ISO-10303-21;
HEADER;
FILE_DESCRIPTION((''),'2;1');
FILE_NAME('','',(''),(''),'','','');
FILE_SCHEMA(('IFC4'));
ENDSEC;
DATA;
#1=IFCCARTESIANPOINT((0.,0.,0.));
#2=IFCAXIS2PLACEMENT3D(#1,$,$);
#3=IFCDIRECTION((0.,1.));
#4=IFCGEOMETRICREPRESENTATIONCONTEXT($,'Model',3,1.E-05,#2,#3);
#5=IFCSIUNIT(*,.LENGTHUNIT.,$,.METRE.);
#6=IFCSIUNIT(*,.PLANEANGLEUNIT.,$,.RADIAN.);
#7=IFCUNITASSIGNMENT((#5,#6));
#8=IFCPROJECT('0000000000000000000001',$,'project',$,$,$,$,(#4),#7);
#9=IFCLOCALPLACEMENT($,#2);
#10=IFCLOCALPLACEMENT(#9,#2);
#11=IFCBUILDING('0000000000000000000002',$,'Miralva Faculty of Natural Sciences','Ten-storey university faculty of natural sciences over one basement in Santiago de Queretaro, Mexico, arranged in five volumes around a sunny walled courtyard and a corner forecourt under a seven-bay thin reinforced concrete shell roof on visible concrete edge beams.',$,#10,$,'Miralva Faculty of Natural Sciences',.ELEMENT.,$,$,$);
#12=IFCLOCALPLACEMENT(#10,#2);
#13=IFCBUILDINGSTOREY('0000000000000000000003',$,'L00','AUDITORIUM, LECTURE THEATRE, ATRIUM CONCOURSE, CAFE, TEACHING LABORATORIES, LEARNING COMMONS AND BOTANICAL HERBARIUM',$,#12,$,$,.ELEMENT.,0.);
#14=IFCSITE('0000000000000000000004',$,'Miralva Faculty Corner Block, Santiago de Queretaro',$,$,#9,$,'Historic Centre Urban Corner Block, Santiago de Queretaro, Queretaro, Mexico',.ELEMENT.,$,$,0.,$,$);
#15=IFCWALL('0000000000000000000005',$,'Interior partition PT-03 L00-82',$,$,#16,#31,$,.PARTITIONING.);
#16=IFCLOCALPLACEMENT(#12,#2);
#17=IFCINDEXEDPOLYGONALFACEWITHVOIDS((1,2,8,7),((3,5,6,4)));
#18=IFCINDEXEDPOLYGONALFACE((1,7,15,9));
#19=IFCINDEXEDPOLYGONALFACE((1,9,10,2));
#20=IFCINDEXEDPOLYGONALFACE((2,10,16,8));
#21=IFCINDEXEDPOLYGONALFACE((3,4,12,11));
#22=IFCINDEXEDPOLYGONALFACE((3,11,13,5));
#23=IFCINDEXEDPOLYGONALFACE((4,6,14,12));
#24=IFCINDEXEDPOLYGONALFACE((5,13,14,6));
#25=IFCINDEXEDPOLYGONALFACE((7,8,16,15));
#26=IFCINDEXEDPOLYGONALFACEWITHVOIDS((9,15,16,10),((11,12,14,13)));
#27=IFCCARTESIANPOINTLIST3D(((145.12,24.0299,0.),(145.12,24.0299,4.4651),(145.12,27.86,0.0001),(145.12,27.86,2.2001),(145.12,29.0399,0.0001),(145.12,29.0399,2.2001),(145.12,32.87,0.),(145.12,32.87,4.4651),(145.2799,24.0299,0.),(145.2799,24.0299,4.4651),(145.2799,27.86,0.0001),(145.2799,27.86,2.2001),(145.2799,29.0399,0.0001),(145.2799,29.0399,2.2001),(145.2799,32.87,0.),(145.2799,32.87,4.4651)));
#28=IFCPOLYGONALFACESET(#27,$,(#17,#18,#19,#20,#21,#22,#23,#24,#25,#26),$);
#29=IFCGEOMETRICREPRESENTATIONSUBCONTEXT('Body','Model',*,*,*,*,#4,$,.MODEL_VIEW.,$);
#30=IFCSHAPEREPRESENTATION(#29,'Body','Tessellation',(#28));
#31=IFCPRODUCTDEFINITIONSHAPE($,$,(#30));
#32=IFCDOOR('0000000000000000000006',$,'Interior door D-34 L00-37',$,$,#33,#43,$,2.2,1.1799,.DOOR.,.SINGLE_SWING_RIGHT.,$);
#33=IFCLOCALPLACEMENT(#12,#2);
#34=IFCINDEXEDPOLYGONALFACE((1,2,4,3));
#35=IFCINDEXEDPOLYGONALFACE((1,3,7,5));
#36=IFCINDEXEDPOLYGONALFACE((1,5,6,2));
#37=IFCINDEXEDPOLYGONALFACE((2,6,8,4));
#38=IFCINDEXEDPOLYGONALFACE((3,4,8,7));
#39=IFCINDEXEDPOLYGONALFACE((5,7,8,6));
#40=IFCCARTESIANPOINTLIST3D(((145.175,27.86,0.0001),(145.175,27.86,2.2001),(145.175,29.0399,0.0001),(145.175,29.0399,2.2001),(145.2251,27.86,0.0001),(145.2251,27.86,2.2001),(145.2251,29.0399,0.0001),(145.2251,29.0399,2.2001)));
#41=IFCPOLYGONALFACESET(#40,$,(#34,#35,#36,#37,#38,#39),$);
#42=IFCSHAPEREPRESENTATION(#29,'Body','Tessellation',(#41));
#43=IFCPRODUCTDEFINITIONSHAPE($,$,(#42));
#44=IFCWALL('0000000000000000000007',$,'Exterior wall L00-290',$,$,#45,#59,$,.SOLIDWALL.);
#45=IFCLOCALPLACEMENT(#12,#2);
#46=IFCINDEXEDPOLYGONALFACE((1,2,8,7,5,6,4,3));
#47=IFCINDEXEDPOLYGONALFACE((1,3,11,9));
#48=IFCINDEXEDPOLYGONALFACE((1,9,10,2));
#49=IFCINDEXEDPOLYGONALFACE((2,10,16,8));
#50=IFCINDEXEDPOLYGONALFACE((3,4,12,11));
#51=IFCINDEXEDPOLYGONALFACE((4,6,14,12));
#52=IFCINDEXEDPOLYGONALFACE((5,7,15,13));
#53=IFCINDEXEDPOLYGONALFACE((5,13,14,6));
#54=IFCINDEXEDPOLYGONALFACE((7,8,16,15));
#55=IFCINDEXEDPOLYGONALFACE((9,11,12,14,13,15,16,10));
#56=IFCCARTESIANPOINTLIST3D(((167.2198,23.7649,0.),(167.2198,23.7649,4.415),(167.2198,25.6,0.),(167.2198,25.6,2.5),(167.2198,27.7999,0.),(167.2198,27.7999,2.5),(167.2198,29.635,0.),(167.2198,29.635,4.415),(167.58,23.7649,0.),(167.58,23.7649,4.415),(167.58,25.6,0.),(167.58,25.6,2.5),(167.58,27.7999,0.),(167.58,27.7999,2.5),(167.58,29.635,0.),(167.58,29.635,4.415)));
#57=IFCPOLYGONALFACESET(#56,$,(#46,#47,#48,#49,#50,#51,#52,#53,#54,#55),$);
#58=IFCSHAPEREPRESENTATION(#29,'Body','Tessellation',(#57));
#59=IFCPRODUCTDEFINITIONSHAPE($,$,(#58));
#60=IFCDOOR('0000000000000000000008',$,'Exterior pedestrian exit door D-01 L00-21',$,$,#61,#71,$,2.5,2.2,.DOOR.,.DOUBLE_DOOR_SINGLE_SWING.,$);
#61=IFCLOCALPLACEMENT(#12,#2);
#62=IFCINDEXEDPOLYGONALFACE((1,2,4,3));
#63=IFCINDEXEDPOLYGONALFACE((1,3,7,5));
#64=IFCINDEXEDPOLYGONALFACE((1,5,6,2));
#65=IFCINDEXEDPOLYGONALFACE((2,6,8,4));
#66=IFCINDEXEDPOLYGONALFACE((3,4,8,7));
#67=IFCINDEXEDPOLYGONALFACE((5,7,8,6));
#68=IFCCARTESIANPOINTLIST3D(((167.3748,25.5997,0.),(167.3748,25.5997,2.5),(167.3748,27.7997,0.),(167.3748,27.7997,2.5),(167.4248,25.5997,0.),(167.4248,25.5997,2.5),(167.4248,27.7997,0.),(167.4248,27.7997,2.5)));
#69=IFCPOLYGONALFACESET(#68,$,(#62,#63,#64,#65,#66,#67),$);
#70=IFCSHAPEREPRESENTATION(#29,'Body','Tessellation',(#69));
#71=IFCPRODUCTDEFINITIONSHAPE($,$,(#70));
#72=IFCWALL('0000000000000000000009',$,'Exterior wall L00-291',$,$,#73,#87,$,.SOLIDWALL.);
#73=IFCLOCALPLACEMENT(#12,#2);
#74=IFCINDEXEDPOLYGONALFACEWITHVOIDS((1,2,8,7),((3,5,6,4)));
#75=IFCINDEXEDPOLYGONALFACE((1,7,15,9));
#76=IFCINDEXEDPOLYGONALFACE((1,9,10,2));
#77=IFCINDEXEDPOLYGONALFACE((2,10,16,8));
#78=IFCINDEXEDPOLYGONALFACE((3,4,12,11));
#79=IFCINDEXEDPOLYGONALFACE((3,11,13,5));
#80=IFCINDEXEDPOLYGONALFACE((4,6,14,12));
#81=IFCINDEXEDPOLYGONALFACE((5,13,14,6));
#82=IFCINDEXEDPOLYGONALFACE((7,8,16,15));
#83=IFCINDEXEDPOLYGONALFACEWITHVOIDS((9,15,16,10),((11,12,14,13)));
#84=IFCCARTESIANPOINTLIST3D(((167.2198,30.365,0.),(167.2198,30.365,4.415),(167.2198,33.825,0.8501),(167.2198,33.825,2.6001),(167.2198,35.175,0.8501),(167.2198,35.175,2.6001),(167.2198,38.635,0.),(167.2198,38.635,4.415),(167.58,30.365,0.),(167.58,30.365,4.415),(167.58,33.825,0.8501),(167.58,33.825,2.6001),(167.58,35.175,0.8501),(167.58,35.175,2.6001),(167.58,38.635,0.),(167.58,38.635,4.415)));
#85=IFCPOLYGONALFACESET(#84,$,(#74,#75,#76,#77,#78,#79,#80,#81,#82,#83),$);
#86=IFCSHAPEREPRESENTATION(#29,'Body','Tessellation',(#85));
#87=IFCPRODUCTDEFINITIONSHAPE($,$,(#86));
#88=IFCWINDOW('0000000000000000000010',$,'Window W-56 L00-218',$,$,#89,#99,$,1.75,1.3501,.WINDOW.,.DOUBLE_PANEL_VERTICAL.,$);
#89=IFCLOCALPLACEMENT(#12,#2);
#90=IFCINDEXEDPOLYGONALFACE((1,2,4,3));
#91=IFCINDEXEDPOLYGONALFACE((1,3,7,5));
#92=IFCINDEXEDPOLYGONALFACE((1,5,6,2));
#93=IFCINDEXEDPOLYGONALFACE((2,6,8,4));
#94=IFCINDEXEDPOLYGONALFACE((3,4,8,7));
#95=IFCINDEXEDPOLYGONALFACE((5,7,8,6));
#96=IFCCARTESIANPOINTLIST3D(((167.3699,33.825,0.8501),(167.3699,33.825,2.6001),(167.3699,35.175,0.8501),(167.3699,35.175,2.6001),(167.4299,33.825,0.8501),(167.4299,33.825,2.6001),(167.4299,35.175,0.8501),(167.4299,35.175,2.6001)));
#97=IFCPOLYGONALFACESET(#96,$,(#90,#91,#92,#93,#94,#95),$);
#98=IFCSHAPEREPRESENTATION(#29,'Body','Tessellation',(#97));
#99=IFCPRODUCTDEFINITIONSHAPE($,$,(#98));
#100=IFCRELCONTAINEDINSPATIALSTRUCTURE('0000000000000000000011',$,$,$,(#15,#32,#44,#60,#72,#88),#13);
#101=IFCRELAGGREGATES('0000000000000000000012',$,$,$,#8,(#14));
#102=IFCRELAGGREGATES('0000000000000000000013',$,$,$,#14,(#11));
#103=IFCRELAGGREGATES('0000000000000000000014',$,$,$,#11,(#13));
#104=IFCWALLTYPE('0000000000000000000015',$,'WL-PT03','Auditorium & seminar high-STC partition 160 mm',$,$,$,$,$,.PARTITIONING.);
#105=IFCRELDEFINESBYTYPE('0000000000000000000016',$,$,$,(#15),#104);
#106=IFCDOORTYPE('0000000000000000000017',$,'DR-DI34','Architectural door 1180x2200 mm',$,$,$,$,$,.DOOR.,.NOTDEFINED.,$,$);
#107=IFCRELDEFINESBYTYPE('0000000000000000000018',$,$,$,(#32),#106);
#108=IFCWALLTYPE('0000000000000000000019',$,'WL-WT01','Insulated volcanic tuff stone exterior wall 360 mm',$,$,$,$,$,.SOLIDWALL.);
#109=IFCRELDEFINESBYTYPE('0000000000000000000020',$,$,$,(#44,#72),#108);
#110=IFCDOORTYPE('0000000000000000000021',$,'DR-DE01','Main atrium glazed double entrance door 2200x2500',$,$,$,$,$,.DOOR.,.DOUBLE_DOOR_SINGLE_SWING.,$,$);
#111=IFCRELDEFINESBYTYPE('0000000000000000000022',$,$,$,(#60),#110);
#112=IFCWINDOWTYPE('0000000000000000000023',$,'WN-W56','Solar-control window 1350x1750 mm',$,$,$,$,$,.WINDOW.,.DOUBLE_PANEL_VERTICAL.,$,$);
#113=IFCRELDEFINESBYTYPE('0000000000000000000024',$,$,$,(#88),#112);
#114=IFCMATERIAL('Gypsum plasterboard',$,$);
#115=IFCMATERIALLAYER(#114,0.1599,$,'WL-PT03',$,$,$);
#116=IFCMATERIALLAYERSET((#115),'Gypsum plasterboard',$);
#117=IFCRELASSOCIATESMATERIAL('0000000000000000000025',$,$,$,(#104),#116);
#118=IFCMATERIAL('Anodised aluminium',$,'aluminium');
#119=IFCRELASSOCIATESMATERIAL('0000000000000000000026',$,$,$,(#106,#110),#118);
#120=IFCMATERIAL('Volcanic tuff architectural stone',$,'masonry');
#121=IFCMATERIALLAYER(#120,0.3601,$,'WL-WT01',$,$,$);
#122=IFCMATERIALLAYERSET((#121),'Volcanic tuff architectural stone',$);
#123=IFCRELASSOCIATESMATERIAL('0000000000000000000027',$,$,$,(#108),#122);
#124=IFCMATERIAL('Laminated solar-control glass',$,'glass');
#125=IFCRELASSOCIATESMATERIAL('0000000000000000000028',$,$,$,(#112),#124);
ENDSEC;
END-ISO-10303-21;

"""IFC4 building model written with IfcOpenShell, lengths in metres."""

from ifc_helpers import new_model, si_unit, direction, frame, frame_2d, origin, place, context, subcontext, project, spatial, rectangle, extrude, material, layer, layer_set, type_object, element, fill, save


model = new_model("IFC4")

# Units and contexts
model_context = context("Model", 3, precision=1e-05, world=origin(), true_north=direction((0.0, 1.0)))
body_context = subcontext(model_context, "Body", "Model", "MODEL_VIEW")
ifc_project = project(units=[si_unit("LENGTHUNIT", "METRE"), si_unit("PLANEANGLEUNIT", "RADIAN")], contexts=[model_context])

# Site, building, storey
site_placement = place(None, origin())
site = spatial("IfcSite", under=ifc_project, at=site_placement, Name="Miralva Faculty Corner Block, Santiago de Queretaro", LongName="Historic Centre Urban Corner Block, Santiago de Queretaro, Queretaro, Mexico", CompositionType="ELEMENT", RefElevation=0.0)
building_placement = place(site_placement, origin())
building = spatial("IfcBuilding", under=site, at=building_placement, Name="Miralva Faculty of Natural Sciences", Description="Ten-storey university faculty of natural sciences over one basement in Santiago de Queretaro, Mexico, arranged in five volumes around a sunny walled courtyard and a corner forecourt under a seven-bay thin reinforced concrete shell roof on visible concrete edge beams.", LongName="Miralva Faculty of Natural Sciences", CompositionType="ELEMENT")
storey_placement = place(building_placement, origin())
storey = spatial("IfcBuildingStorey", under=building, at=storey_placement, Name="L00", Description="AUDITORIUM, LECTURE THEATRE, ATRIUM CONCOURSE, CAFE, TEACHING LABORATORIES, LEARNING COMMONS AND BOTANICAL HERBARIUM", CompositionType="ELEMENT", Elevation=0.0)

# Shared definitions
ifc_material_1 = material(Name="Gypsum plasterboard")
ifc_layer_1 = layer(ifc_material_1, 0.1599, Name="WL-PT03")
ifc_layer_set_1 = layer_set([ifc_layer_1], Name="Gypsum plasterboard")
wall_type_1 = type_object("IfcWallType", Name="WL-PT03", Description="Auditorium & seminar high-STC partition 160 mm", PredefinedType="PARTITIONING", material=ifc_layer_set_1)

# Walls, openings, doors
wall_1_placement = place(storey_placement, frame((145.2, 24.03, 0.0), z_axis=(0.0, 0.0, 1.0), x_axis=(0.0, 1.0, 0.0)))
wall_1 = element("IfcWall", 1, at=wall_1_placement, inside=storey, type_object=wall_type_1, Name="Interior partition PT-03 L00-82", PredefinedType="PARTITIONING", context=body_context, shape_type="SweptSolid", body=[
    extrude(rectangle(XDim=8.8401, YDim=0.1599, at=frame_2d((4.4199, 0.0))), origin(), (0.0, 0.0, 1.0), 4.4651),
])
opening_1_placement = place(wall_1_placement, frame((3.8301, 0.0, 0.0)))
opening_1 = element("IfcOpeningElement", 2, at=opening_1_placement, cuts=wall_1, PredefinedType="OPENING", context=body_context, shape_type="SweptSolid", body=[
    extrude(rectangle(XDim=1.1799, YDim=2.2, at=frame_2d((0.5898, 1.1001))), frame((0.0, 0.0898, 0.0), z_axis=(0.0, -1.0, 0.0), x_axis=(1.0, 0.0, 0.0)), (0.0, 0.0, 1.0), 0.1799),
])
ifc_material_2 = material(Name="Anodised aluminium", Category="aluminium")
door_type_1 = type_object("IfcDoorType", Name="DR-DI34", Description="Architectural door 1180x2200 mm", OperationType="NOTDEFINED", PredefinedType="DOOR", material=ifc_material_2)
door_1_placement = place(opening_1_placement, origin())
door_1 = element("IfcDoor", 3, at=door_1_placement, inside=storey, type_object=door_type_1, Name="Interior door D-34 L00-37", OperationType="SINGLE_SWING_RIGHT", OverallHeight=2.2, OverallWidth=1.1799, PredefinedType="DOOR", context=body_context, shape_type="SweptSolid", body=[
    extrude(rectangle(XDim=1.1799, YDim=2.2, at=frame_2d((0.5898, 1.1001))), frame((0.0, 0.0249, 0.0), z_axis=(0.0, -1.0, 0.0), x_axis=(1.0, 0.0, 0.0)), (0.0, 0.0, 1.0), 0.05),
])
fill(opening_1, door_1)
ifc_material_3 = material(Name="Volcanic tuff architectural stone", Category="masonry")
ifc_layer_2 = layer(ifc_material_3, 0.3601, Name="WL-WT01")
ifc_layer_set_2 = layer_set([ifc_layer_2], Name="Volcanic tuff architectural stone")
wall_type_2 = type_object("IfcWallType", Name="WL-WT01", Description="Insulated volcanic tuff stone exterior wall 360 mm", PredefinedType="SOLIDWALL", material=ifc_layer_set_2)
wall_2_placement = place(storey_placement, frame((167.3999, 23.7649, 0.0), z_axis=(0.0, 0.0, 1.0), x_axis=(0.0, 1.0, 0.0)))
wall_2 = element("IfcWall", 4, at=wall_2_placement, inside=storey, type_object=wall_type_2, Name="Exterior wall L00-290", PredefinedType="SOLIDWALL", context=body_context, shape_type="SweptSolid", body=[
    extrude(rectangle(XDim=5.8701, YDim=0.3601, at=frame_2d((2.9351, 0.0))), origin(), (0.0, 0.0, 1.0), 4.415),
])
opening_2_placement = place(wall_2_placement, frame((1.835, 0.0, 0.0)))
opening_2 = element("IfcOpeningElement", 5, at=opening_2_placement, cuts=wall_2, PredefinedType="OPENING", context=body_context, shape_type="SweptSolid", body=[
    extrude(rectangle(XDim=2.2, YDim=2.5, at=frame_2d((1.1001, 1.25))), frame((0.0, 0.1899, 0.0), z_axis=(0.0, -1.0, 0.0), x_axis=(1.0, 0.0, 0.0)), (0.0, 0.0, 1.0), 0.3801),
])
door_type_2 = type_object("IfcDoorType", Name="DR-DE01", Description="Main atrium glazed double entrance door 2200x2500", OperationType="DOUBLE_DOOR_SINGLE_SWING", PredefinedType="DOOR", material=ifc_material_2)
door_2_placement = place(opening_2_placement, frame((2.2, 0.0, 0.0), z_axis=(0.0, 0.0, 1.0), x_axis=(-1.0, 0.0, 0.0)))
door_2 = element("IfcDoor", 6, at=door_2_placement, inside=storey, type_object=door_type_2, Name="Exterior pedestrian exit door D-01 L00-21", OperationType="DOUBLE_DOOR_SINGLE_SWING", OverallHeight=2.5, OverallWidth=2.2, PredefinedType="DOOR", context=body_context, shape_type="SweptSolid", body=[
    extrude(rectangle(XDim=2.2, YDim=2.5, at=frame_2d((1.1001, 1.25))), frame((0.0, 0.0249, 0.0), z_axis=(0.0, -1.0, 0.0), x_axis=(1.0, 0.0, 0.0)), (0.0, 0.0, 1.0), 0.05),
])
fill(opening_2, door_2)

# Wall, opening, window
wall_3_placement = place(storey_placement, frame((167.3999, 30.365, 0.0), z_axis=(0.0, 0.0, 1.0), x_axis=(0.0, 1.0, 0.0)))
wall_3 = element("IfcWall", 7, at=wall_3_placement, inside=storey, type_object=wall_type_2, Name="Exterior wall L00-291", PredefinedType="SOLIDWALL", context=body_context, shape_type="SweptSolid", body=[
    extrude(rectangle(XDim=8.27, YDim=0.3601, at=frame_2d((4.135, 0.0))), origin(), (0.0, 0.0, 1.0), 4.415),
])
opening_3_placement = place(wall_3_placement, frame((3.46, 0.0, 0.8501)))
opening_3 = element("IfcOpeningElement", 8, at=opening_3_placement, cuts=wall_3, PredefinedType="OPENING", context=body_context, shape_type="SweptSolid", body=[
    extrude(rectangle(XDim=1.3501, YDim=1.75, at=frame_2d((0.675, 0.875))), frame((0.0, 0.1899, 0.0), z_axis=(0.0, -1.0, 0.0), x_axis=(1.0, 0.0, 0.0)), (0.0, 0.0, 1.0), 0.3801),
])
ifc_material_4 = material(Name="Laminated solar-control glass", Category="glass")
window_type = type_object("IfcWindowType", Name="WN-W56", Description="Solar-control window 1350x1750 mm", PartitioningType="DOUBLE_PANEL_VERTICAL", PredefinedType="WINDOW", material=ifc_material_4)
window_placement = place(opening_3_placement, frame((1.3501, 0.0, 0.0), z_axis=(0.0, 0.0, 1.0), x_axis=(-1.0, 0.0, 0.0)))
window = element("IfcWindow", 9, at=window_placement, inside=storey, type_object=window_type, Name="Window W-56 L00-218", OverallHeight=1.75, OverallWidth=1.3501, PartitioningType="DOUBLE_PANEL_VERTICAL", PredefinedType="WINDOW", context=body_context, shape_type="SweptSolid", body=[
    extrude(rectangle(XDim=1.3501, YDim=1.75, at=frame_2d((0.675, 0.875))), frame((0.0, 0.03, 0.0), z_axis=(0.0, -1.0, 0.0), x_axis=(1.0, 0.0, 0.0)), (0.0, 0.0, 1.0), 0.0601),
])
fill(opening_3, window)

save(model, "model.ifc")
